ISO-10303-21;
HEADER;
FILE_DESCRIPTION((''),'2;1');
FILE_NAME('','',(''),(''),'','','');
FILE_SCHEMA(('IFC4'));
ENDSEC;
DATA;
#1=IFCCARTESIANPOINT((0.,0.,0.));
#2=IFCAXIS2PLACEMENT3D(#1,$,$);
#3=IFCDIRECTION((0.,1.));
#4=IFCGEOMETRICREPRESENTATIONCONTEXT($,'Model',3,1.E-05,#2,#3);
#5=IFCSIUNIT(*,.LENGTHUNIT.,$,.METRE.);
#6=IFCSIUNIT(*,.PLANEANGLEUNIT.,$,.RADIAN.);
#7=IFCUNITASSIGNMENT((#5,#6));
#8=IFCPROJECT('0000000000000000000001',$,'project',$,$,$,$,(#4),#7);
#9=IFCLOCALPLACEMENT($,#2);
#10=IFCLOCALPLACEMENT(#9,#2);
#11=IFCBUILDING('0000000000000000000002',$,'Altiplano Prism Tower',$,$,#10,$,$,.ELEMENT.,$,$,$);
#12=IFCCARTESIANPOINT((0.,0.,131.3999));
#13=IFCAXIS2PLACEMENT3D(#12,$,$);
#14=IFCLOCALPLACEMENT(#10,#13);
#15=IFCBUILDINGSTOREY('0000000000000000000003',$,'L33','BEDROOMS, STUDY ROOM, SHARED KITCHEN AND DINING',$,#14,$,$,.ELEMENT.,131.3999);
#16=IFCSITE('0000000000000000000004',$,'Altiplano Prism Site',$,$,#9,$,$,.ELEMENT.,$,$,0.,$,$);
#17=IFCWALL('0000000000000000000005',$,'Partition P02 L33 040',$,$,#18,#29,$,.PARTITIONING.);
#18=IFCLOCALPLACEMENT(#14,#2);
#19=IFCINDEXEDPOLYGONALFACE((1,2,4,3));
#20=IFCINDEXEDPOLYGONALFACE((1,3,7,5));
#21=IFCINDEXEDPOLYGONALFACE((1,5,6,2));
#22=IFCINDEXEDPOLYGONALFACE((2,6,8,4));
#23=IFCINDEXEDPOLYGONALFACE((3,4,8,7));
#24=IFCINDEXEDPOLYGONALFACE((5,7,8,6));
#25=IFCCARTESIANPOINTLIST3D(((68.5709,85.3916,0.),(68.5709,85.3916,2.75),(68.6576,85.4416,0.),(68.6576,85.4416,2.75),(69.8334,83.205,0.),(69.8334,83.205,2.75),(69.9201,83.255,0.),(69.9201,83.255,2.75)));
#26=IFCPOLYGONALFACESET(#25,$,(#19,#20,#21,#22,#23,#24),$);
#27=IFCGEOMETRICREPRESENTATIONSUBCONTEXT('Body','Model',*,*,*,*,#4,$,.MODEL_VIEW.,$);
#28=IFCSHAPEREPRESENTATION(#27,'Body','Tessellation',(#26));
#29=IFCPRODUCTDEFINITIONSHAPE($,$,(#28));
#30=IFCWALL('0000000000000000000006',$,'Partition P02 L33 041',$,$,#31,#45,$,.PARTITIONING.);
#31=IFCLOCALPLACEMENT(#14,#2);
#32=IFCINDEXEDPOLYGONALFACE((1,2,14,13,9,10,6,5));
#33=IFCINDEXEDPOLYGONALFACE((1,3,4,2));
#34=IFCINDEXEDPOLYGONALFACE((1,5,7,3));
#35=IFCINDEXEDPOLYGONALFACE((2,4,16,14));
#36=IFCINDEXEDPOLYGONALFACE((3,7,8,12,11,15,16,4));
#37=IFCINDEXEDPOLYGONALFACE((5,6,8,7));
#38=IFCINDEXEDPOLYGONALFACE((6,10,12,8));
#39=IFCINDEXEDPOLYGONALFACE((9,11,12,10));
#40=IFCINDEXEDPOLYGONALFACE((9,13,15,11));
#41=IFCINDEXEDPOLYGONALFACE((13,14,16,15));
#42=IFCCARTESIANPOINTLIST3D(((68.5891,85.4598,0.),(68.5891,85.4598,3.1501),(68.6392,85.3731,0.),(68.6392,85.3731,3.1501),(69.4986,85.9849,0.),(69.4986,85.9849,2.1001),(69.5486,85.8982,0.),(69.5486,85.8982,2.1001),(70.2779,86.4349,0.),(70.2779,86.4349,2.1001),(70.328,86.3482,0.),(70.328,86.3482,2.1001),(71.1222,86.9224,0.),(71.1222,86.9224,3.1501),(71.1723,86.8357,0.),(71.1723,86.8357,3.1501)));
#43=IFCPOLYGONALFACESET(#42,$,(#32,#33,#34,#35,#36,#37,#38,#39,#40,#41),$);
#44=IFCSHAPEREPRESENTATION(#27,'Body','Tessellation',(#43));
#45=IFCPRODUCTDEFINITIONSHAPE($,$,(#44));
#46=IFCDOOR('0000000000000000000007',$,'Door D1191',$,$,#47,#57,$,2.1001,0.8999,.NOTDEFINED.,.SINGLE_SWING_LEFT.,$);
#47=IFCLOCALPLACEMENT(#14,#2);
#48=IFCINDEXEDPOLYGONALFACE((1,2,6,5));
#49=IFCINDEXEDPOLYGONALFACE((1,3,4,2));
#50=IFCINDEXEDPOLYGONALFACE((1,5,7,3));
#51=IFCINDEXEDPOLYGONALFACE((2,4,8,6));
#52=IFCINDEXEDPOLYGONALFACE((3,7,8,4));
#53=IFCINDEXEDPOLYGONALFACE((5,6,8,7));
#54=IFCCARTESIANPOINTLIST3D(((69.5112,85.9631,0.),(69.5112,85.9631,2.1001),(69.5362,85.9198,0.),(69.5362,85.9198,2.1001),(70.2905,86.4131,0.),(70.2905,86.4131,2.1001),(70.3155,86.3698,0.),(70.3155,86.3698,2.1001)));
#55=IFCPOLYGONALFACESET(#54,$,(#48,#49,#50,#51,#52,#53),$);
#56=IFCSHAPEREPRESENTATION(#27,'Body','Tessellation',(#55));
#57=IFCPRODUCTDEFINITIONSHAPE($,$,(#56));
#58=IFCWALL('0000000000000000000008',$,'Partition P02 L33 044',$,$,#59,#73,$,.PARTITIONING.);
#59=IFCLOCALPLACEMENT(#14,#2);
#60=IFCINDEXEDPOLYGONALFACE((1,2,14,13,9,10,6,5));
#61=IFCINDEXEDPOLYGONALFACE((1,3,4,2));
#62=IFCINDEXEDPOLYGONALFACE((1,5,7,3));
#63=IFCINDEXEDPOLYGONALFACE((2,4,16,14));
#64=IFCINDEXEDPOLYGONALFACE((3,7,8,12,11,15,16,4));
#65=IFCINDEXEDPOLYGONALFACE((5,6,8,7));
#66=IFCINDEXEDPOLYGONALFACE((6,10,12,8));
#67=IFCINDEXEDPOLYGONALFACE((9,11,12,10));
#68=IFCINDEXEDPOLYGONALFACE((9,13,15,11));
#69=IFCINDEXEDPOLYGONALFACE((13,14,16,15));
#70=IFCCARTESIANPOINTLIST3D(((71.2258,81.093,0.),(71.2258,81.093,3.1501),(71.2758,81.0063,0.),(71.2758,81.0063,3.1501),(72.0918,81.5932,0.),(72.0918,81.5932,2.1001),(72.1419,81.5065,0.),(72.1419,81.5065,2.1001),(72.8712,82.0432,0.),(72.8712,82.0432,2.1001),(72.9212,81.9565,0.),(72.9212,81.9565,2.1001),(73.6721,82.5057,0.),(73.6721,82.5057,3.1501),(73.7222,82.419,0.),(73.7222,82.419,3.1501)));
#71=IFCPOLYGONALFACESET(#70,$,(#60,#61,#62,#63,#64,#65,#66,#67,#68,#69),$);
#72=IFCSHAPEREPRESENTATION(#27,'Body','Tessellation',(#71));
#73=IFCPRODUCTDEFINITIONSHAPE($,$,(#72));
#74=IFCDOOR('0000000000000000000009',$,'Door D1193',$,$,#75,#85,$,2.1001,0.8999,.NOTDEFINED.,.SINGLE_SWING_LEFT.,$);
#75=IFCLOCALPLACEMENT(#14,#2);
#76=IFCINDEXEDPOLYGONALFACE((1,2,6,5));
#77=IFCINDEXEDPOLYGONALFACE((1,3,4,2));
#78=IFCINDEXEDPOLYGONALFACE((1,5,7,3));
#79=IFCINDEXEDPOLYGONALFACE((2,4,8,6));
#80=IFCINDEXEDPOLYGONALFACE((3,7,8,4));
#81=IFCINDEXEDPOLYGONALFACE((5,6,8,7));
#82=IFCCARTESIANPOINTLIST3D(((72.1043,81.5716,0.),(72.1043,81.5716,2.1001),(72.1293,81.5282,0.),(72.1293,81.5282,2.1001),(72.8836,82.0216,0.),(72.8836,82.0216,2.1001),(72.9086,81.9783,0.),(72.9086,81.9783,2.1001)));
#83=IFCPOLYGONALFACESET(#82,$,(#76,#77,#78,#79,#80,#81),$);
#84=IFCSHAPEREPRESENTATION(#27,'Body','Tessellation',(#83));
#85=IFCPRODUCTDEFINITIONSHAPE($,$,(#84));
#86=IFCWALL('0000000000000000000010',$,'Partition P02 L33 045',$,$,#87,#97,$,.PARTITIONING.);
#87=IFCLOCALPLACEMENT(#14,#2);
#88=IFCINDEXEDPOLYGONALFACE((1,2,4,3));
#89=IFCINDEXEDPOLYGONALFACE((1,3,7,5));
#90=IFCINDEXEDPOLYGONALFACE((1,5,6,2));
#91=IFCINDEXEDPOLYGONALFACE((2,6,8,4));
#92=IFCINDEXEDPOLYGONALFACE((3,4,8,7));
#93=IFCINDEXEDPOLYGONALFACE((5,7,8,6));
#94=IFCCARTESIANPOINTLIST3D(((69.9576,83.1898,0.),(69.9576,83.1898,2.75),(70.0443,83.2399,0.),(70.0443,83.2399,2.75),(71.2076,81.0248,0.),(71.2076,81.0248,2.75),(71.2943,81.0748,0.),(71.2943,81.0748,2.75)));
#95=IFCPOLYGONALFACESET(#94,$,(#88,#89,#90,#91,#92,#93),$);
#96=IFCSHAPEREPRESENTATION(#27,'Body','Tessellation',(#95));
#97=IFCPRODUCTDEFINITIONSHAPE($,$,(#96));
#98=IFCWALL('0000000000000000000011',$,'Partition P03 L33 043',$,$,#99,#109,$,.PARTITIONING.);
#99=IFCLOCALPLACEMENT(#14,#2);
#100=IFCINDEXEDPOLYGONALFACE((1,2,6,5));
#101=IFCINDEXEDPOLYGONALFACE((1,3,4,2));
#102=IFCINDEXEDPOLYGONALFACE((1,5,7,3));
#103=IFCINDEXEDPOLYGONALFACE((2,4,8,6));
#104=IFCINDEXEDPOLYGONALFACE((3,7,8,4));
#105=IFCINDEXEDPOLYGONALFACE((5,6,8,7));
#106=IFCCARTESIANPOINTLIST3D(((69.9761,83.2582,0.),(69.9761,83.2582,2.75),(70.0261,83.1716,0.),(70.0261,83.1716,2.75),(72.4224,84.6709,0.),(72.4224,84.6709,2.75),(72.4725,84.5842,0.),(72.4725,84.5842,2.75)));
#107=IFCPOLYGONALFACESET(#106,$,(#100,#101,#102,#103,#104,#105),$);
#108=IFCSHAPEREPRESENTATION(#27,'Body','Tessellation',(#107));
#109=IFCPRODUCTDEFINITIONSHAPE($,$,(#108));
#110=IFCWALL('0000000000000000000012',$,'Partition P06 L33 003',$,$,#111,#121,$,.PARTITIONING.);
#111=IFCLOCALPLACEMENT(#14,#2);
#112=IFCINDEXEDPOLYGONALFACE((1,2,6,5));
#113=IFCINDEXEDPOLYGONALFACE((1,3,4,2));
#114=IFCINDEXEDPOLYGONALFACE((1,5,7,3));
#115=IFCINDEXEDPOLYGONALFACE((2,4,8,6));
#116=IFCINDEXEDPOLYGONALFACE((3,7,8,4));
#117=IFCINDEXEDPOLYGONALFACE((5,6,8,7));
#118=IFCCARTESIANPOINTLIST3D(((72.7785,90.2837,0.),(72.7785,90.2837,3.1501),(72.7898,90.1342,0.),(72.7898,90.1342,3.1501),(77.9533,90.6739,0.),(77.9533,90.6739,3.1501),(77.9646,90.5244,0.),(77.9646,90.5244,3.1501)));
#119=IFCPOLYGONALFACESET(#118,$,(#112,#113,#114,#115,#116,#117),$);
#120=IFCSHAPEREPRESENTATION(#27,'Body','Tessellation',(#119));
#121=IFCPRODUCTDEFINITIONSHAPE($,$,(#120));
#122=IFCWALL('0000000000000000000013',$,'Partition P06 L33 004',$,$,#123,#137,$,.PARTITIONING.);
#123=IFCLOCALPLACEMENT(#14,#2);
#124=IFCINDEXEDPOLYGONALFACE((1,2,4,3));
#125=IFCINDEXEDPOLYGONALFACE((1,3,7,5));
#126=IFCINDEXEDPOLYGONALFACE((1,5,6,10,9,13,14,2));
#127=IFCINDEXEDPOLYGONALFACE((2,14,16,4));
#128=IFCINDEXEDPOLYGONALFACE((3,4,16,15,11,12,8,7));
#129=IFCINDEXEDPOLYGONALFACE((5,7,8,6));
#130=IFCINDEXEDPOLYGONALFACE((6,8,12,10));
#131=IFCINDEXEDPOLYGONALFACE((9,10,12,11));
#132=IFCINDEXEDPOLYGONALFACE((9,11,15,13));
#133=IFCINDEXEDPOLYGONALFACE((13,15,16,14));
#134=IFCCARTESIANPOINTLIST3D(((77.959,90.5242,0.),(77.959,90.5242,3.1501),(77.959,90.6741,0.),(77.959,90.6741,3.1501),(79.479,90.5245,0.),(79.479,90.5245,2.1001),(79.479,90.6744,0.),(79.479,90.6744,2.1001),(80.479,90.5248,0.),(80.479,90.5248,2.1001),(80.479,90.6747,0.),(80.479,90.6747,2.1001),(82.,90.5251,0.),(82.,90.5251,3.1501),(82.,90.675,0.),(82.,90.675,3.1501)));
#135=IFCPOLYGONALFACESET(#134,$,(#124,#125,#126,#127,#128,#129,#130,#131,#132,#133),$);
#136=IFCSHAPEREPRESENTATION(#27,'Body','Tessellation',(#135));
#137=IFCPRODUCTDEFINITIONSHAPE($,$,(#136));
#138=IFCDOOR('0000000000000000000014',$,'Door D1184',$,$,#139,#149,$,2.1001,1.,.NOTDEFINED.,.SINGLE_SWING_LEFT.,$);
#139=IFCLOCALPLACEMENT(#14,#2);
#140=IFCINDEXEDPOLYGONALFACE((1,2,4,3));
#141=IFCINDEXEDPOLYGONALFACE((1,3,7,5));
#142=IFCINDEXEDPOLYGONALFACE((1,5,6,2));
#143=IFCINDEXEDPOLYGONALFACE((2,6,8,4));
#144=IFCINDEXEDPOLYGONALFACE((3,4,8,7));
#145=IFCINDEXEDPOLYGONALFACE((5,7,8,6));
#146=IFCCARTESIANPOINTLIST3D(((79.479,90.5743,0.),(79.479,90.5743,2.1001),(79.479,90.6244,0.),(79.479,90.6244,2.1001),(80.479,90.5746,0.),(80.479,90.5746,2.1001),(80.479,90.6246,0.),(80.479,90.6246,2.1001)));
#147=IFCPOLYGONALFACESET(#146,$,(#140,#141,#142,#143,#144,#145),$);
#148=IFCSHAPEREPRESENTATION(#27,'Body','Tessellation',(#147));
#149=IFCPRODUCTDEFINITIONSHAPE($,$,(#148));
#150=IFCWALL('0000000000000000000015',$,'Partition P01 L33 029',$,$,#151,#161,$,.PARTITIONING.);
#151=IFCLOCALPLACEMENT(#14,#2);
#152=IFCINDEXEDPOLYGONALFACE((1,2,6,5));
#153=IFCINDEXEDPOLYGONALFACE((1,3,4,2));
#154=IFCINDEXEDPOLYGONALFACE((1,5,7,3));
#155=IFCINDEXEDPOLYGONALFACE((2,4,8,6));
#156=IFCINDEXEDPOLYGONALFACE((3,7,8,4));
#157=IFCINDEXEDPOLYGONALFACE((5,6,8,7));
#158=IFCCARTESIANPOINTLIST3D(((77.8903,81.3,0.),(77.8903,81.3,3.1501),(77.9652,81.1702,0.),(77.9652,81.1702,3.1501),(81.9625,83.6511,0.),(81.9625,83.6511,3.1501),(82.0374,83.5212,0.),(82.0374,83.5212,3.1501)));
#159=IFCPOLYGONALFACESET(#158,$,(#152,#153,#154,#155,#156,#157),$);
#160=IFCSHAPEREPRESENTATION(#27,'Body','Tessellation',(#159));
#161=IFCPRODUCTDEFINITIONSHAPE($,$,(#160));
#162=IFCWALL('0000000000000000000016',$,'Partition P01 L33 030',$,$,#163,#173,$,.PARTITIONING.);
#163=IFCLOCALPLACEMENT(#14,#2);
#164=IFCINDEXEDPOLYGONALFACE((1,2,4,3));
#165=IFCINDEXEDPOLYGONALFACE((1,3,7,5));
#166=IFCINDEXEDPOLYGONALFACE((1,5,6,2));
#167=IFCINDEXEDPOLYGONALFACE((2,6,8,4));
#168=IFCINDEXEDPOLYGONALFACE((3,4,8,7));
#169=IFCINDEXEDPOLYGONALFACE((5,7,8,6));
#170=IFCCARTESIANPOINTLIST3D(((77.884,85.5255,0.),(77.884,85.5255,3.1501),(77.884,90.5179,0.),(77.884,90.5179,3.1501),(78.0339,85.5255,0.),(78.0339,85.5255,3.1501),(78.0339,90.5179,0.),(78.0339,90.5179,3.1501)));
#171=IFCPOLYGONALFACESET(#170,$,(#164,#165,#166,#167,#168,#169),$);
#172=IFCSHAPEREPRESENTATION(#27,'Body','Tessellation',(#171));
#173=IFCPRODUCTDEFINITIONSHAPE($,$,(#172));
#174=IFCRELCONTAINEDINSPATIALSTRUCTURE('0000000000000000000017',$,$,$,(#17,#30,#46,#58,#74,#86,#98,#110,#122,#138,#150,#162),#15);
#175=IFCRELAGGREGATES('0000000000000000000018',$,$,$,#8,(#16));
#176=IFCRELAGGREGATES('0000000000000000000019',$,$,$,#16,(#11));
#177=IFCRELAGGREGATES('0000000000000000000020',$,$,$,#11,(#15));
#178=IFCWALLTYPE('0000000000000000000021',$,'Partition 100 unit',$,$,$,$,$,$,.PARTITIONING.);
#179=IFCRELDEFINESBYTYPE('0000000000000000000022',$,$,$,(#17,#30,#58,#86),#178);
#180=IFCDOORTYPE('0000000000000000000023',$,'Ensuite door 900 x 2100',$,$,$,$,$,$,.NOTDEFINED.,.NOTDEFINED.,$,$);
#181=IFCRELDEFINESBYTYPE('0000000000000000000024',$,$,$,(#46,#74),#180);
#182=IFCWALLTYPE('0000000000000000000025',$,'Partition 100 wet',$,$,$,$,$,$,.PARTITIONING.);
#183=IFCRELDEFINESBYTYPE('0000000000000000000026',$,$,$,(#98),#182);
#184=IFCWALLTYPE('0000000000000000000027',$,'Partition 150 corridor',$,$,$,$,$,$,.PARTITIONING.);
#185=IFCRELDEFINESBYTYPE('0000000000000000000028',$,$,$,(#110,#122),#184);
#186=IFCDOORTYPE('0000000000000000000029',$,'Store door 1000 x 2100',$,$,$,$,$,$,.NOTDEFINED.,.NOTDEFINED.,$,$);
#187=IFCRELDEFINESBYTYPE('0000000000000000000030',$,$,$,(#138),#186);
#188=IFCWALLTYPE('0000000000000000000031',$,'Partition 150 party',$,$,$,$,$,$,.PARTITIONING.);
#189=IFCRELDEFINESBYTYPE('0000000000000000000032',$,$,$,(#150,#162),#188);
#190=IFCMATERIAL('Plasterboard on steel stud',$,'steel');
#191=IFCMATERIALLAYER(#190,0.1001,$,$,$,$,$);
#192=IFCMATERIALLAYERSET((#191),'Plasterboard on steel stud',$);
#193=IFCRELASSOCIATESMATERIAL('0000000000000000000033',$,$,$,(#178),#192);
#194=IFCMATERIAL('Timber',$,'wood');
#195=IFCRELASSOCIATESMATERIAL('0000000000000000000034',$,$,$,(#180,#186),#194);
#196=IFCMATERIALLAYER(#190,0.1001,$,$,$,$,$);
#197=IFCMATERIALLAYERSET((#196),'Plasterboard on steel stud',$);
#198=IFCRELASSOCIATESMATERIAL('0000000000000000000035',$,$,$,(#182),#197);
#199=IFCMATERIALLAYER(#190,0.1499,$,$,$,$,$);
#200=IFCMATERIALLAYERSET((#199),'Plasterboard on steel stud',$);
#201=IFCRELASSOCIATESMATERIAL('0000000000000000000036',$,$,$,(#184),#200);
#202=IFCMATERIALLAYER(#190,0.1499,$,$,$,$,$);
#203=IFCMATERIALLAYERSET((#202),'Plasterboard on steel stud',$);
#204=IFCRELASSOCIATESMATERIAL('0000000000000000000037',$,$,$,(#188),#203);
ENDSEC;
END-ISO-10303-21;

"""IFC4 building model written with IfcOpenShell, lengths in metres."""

from ifc_helpers import new_model, si_unit, direction, frame, frame_2d, origin, place, context, subcontext, project, spatial, rectangle, extrude, material, layer, layer_set, type_object, element, fill, save


model = new_model("IFC4")

# Units and contexts
model_context = context("Model", 3, precision=1e-05, world=origin(), true_north=direction((0.0, 1.0)))
body_context = subcontext(model_context, "Body", "Model", "MODEL_VIEW")
ifc_project = project(units=[si_unit("LENGTHUNIT", "METRE"), si_unit("PLANEANGLEUNIT", "RADIAN")], contexts=[model_context])

# Site, building, storey
site_placement = place(None, origin())
site = spatial("IfcSite", under=ifc_project, at=site_placement, Name="Altiplano Prism Site", CompositionType="ELEMENT", RefElevation=0.0)
building_placement = place(site_placement, origin())
building = spatial("IfcBuilding", under=site, at=building_placement, Name="Altiplano Prism Tower", CompositionType="ELEMENT")
storey_placement = place(building_placement, frame((0.0, 0.0, 131.3999)))
storey = spatial("IfcBuildingStorey", under=building, at=storey_placement, Name="L33", Description="BEDROOMS, STUDY ROOM, SHARED KITCHEN AND DINING", CompositionType="ELEMENT", Elevation=131.3999)

# Shared definitions
ifc_material_1 = material(Name="Plasterboard on steel stud", Category="steel")
ifc_layer_1 = layer(ifc_material_1, 0.1001)
ifc_layer_set_1 = layer_set([ifc_layer_1], Name="Plasterboard on steel stud")
wall_type_1 = type_object("IfcWallType", Name="Partition 100 unit", PredefinedType="PARTITIONING", material=ifc_layer_set_1)
ifc_material_2 = material(Name="Timber", Category="wood")
door_type_1 = type_object("IfcDoorType", Name="Ensuite door 900 x 2100", OperationType="NOTDEFINED", PredefinedType="NOTDEFINED", material=ifc_material_2)

# Wall
wall_1_placement = place(storey_placement, frame((69.8767, 83.23, 0.0), z_axis=(0.0, 0.0, 1.0), x_axis=(-0.500018, 0.866015, 0.0)))
element("IfcWall", 1, at=wall_1_placement, inside=storey, type_object=wall_type_1, Name="Partition P02 L33 040", PredefinedType="PARTITIONING", context=body_context, shape_type="SweptSolid", body=[
    extrude(rectangle(XDim=2.5249, YDim=0.1001, at=frame_2d((1.2625, 0.0))), origin(), (0.0, 0.0, 1.0), 2.75),
])

# Walls, openings, doors
wall_2_placement = place(storey_placement, frame((68.6143, 85.4165, 0.0), z_axis=(0.0, 0.0, 1.0), x_axis=(0.86601, 0.500026, 0.0)))
wall_2 = element("IfcWall", 2, at=wall_2_placement, inside=storey, type_object=wall_type_1, Name="Partition P02 L33 041", PredefinedType="PARTITIONING", context=body_context, shape_type="SweptSolid", body=[
    extrude(rectangle(XDim=2.925, YDim=0.1001, at=frame_2d((1.4624, 0.0))), origin(), (0.0, 0.0, 1.0), 3.1501),
])
opening_1_placement = place(wall_2_placement, frame((1.05, 0.0, 0.0)))
opening_1 = element("IfcOpeningElement", 3, at=opening_1_placement, cuts=wall_2, PredefinedType="OPENING", context=body_context, shape_type="SweptSolid", body=[
    extrude(rectangle(XDim=0.8999, YDim=2.1001, at=frame_2d((0.45, 1.05))), frame((0.0, 0.0605, 0.0), z_axis=(0.0, -1.0, 0.0), x_axis=(1.0, 0.0, 0.0)), (0.0, 0.0, 1.0), 0.1211),
])
door_1_placement = place(opening_1_placement, origin())
door_1 = element("IfcDoor", 4, at=door_1_placement, inside=storey, type_object=door_type_1, Name="Door D1191", OperationType="SINGLE_SWING_LEFT", OverallHeight=2.1001, OverallWidth=0.8999, PredefinedType="NOTDEFINED", context=body_context, shape_type="SweptSolid", body=[
    extrude(rectangle(XDim=0.8999, YDim=2.1001, at=frame_2d((0.45, 1.05))), frame((0.0, 0.0249, 0.0), z_axis=(0.0, -1.0, 0.0), x_axis=(1.0, 0.0, 0.0)), (0.0, 0.0, 1.0), 0.05),
])
fill(opening_1, door_1)
wall_3_placement = place(storey_placement, frame((73.6973, 82.4624, 0.0), z_axis=(0.0, 0.0, 1.0), x_axis=(-0.86599, -0.500062, 0.0)))
wall_3 = element("IfcWall", 5, at=wall_3_placement, inside=storey, type_object=wall_type_1, Name="Partition P02 L33 044", PredefinedType="PARTITIONING", context=body_context, shape_type="SweptSolid", body=[
    extrude(rectangle(XDim=2.825, YDim=0.1001, at=frame_2d((1.4126, 0.0))), origin(), (0.0, 0.0, 1.0), 3.1501),
])
opening_2_placement = place(wall_3_placement, frame((0.925, 0.0, 0.0)))
opening_2 = element("IfcOpeningElement", 6, at=opening_2_placement, cuts=wall_3, PredefinedType="OPENING", context=body_context, shape_type="SweptSolid", body=[
    extrude(rectangle(XDim=0.8999, YDim=2.1001, at=frame_2d((0.45, 1.05))), frame((0.0, 0.0605, 0.0), z_axis=(0.0, -1.0, 0.0), x_axis=(1.0, 0.0, 0.0)), (0.0, 0.0, 1.0), 0.1211),
])
door_2_placement = place(opening_2_placement, origin())
door_2 = element("IfcDoor", 7, at=door_2_placement, inside=storey, type_object=door_type_1, Name="Door D1193", OperationType="SINGLE_SWING_LEFT", OverallHeight=2.1001, OverallWidth=0.8999, PredefinedType="NOTDEFINED", context=body_context, shape_type="SweptSolid", body=[
    extrude(rectangle(XDim=0.8999, YDim=2.1001, at=frame_2d((0.45, 1.05))), frame((0.0, 0.0249, 0.0), z_axis=(0.0, -1.0, 0.0), x_axis=(1.0, 0.0, 0.0)), (0.0, 0.0, 1.0), 0.05),
])
fill(opening_2, door_2)

# Walls
wall_4_placement = place(storey_placement, frame((71.251, 81.0498, 0.0), z_axis=(0.0, 0.0, 1.0), x_axis=(-0.500004, 0.866023, 0.0)))
element("IfcWall", 8, at=wall_4_placement, inside=storey, type_object=wall_type_1, Name="Partition P02 L33 045", PredefinedType="PARTITIONING", context=body_context, shape_type="SweptSolid", body=[
    extrude(rectangle(XDim=2.5, YDim=0.1001, at=frame_2d((1.25, 0.0))), origin(), (0.0, 0.0, 1.0), 2.75),
])
ifc_layer_2 = layer(ifc_material_1, 0.1001)
ifc_layer_set_2 = layer_set([ifc_layer_2], Name="Plasterboard on steel stud")
wall_type_2 = type_object("IfcWallType", Name="Partition 100 wet", PredefinedType="PARTITIONING", material=ifc_layer_set_2)
wall_5_placement = place(storey_placement, frame((70.001, 83.2148, 0.0), z_axis=(0.0, 0.0, 1.0), x_axis=(0.86599, 0.500062, 0.0)))
element("IfcWall", 9, at=wall_5_placement, inside=storey, type_object=wall_type_2, Name="Partition P03 L33 043", PredefinedType="PARTITIONING", context=body_context, shape_type="SweptSolid", body=[
    extrude(rectangle(XDim=2.825, YDim=0.1001, at=frame_2d((1.4126, 0.0))), origin(), (0.0, 0.0, 1.0), 2.75),
])
ifc_layer_3 = layer(ifc_material_1, 0.1499)
ifc_layer_set_3 = layer_set([ifc_layer_3], Name="Plasterboard on steel stud")
wall_type_3 = type_object("IfcWallType", Name="Partition 150 corridor", PredefinedType="PARTITIONING", material=ifc_layer_set_3)
wall_6_placement = place(storey_placement, frame((72.7842, 90.209, 0.0), z_axis=(0.0, 0.0, 1.0), x_axis=(0.99717, 0.075178, 0.0)))
element("IfcWall", 10, at=wall_6_placement, inside=storey, type_object=wall_type_3, Name="Partition P06 L33 003", PredefinedType="PARTITIONING", context=body_context, shape_type="SweptSolid", body=[
    extrude(rectangle(XDim=5.1895, YDim=0.1499, at=frame_2d((2.5947, 0.0))), origin(), (0.0, 0.0, 1.0), 3.1501),
])

# Wall, opening, door
wall_7_placement = place(storey_placement, frame((77.959, 90.5991, 0.0), z_axis=(0.0, 0.0, 1.0), x_axis=(1.0, 0.000242, 0.0)))
wall_7 = element("IfcWall", 11, at=wall_7_placement, inside=storey, type_object=wall_type_3, Name="Partition P06 L33 004", PredefinedType="PARTITIONING", context=body_context, shape_type="SweptSolid", body=[
    extrude(rectangle(XDim=4.041, YDim=0.1499, at=frame_2d((2.0205, 0.0))), origin(), (0.0, 0.0, 1.0), 3.1501),
])
opening_3_placement = place(wall_7_placement, frame((1.52, 0.0, 0.0)))
opening_3 = element("IfcOpeningElement", 12, at=opening_3_placement, cuts=wall_7, PredefinedType="OPENING", context=body_context, shape_type="SweptSolid", body=[
    extrude(rectangle(XDim=1.0, YDim=2.1001, at=frame_2d((0.5, 1.05))), frame((0.0, 0.0854, 0.0), z_axis=(0.0, -1.0, 0.0), x_axis=(1.0, 0.0, 0.0)), (0.0, 0.0, 1.0), 0.1709),
])
door_type_2 = type_object("IfcDoorType", Name="Store door 1000 x 2100", OperationType="NOTDEFINED", PredefinedType="NOTDEFINED", material=ifc_material_2)
door_3_placement = place(opening_3_placement, origin())
door_3 = element("IfcDoor", 13, at=door_3_placement, inside=storey, type_object=door_type_2, Name="Door D1184", OperationType="SINGLE_SWING_LEFT", OverallHeight=2.1001, OverallWidth=1.0, PredefinedType="NOTDEFINED", context=body_context, shape_type="SweptSolid", body=[
    extrude(rectangle(XDim=1.0, YDim=2.1001, at=frame_2d((0.5, 1.05))), frame((0.0, 0.0249, 0.0), z_axis=(0.0, -1.0, 0.0), x_axis=(1.0, 0.0, 0.0)), (0.0, 0.0, 1.0), 0.05),
])
fill(opening_3, door_3)

# Walls
ifc_layer_4 = layer(ifc_material_1, 0.1499)
ifc_layer_set_4 = layer_set([ifc_layer_4], Name="Plasterboard on steel stud")
wall_type_4 = type_object("IfcWallType", Name="Partition 150 party", PredefinedType="PARTITIONING", material=ifc_layer_set_4)
wall_8_placement = place(storey_placement, frame((77.9277, 81.2351, 0.0), z_axis=(0.0, 0.0, 1.0), x_axis=(0.86603, 0.499992, 0.0)))
element("IfcWall", 14, at=wall_8_placement, inside=storey, type_object=wall_type_4, Name="Partition P01 L33 029", PredefinedType="PARTITIONING", context=body_context, shape_type="SweptSolid", body=[
    extrude(rectangle(XDim=4.7021, YDim=0.1499, at=frame_2d((2.3511, 0.0))), origin(), (0.0, 0.0, 1.0), 3.1501),
])
wall_9_placement = place(storey_placement, frame((77.959, 85.5256, 0.0), z_axis=(0.0, 0.0, 1.0), x_axis=(0.0, 1.0, 0.0)))
element("IfcWall", 15, at=wall_9_placement, inside=storey, type_object=wall_type_4, Name="Partition P01 L33 030", PredefinedType="PARTITIONING", context=body_context, shape_type="SweptSolid", body=[
    extrude(rectangle(XDim=4.9924, YDim=0.1499, at=frame_2d((2.4961, 0.0))), origin(), (0.0, 0.0, 1.0), 3.1501),
])

save(model, "model.ifc")
